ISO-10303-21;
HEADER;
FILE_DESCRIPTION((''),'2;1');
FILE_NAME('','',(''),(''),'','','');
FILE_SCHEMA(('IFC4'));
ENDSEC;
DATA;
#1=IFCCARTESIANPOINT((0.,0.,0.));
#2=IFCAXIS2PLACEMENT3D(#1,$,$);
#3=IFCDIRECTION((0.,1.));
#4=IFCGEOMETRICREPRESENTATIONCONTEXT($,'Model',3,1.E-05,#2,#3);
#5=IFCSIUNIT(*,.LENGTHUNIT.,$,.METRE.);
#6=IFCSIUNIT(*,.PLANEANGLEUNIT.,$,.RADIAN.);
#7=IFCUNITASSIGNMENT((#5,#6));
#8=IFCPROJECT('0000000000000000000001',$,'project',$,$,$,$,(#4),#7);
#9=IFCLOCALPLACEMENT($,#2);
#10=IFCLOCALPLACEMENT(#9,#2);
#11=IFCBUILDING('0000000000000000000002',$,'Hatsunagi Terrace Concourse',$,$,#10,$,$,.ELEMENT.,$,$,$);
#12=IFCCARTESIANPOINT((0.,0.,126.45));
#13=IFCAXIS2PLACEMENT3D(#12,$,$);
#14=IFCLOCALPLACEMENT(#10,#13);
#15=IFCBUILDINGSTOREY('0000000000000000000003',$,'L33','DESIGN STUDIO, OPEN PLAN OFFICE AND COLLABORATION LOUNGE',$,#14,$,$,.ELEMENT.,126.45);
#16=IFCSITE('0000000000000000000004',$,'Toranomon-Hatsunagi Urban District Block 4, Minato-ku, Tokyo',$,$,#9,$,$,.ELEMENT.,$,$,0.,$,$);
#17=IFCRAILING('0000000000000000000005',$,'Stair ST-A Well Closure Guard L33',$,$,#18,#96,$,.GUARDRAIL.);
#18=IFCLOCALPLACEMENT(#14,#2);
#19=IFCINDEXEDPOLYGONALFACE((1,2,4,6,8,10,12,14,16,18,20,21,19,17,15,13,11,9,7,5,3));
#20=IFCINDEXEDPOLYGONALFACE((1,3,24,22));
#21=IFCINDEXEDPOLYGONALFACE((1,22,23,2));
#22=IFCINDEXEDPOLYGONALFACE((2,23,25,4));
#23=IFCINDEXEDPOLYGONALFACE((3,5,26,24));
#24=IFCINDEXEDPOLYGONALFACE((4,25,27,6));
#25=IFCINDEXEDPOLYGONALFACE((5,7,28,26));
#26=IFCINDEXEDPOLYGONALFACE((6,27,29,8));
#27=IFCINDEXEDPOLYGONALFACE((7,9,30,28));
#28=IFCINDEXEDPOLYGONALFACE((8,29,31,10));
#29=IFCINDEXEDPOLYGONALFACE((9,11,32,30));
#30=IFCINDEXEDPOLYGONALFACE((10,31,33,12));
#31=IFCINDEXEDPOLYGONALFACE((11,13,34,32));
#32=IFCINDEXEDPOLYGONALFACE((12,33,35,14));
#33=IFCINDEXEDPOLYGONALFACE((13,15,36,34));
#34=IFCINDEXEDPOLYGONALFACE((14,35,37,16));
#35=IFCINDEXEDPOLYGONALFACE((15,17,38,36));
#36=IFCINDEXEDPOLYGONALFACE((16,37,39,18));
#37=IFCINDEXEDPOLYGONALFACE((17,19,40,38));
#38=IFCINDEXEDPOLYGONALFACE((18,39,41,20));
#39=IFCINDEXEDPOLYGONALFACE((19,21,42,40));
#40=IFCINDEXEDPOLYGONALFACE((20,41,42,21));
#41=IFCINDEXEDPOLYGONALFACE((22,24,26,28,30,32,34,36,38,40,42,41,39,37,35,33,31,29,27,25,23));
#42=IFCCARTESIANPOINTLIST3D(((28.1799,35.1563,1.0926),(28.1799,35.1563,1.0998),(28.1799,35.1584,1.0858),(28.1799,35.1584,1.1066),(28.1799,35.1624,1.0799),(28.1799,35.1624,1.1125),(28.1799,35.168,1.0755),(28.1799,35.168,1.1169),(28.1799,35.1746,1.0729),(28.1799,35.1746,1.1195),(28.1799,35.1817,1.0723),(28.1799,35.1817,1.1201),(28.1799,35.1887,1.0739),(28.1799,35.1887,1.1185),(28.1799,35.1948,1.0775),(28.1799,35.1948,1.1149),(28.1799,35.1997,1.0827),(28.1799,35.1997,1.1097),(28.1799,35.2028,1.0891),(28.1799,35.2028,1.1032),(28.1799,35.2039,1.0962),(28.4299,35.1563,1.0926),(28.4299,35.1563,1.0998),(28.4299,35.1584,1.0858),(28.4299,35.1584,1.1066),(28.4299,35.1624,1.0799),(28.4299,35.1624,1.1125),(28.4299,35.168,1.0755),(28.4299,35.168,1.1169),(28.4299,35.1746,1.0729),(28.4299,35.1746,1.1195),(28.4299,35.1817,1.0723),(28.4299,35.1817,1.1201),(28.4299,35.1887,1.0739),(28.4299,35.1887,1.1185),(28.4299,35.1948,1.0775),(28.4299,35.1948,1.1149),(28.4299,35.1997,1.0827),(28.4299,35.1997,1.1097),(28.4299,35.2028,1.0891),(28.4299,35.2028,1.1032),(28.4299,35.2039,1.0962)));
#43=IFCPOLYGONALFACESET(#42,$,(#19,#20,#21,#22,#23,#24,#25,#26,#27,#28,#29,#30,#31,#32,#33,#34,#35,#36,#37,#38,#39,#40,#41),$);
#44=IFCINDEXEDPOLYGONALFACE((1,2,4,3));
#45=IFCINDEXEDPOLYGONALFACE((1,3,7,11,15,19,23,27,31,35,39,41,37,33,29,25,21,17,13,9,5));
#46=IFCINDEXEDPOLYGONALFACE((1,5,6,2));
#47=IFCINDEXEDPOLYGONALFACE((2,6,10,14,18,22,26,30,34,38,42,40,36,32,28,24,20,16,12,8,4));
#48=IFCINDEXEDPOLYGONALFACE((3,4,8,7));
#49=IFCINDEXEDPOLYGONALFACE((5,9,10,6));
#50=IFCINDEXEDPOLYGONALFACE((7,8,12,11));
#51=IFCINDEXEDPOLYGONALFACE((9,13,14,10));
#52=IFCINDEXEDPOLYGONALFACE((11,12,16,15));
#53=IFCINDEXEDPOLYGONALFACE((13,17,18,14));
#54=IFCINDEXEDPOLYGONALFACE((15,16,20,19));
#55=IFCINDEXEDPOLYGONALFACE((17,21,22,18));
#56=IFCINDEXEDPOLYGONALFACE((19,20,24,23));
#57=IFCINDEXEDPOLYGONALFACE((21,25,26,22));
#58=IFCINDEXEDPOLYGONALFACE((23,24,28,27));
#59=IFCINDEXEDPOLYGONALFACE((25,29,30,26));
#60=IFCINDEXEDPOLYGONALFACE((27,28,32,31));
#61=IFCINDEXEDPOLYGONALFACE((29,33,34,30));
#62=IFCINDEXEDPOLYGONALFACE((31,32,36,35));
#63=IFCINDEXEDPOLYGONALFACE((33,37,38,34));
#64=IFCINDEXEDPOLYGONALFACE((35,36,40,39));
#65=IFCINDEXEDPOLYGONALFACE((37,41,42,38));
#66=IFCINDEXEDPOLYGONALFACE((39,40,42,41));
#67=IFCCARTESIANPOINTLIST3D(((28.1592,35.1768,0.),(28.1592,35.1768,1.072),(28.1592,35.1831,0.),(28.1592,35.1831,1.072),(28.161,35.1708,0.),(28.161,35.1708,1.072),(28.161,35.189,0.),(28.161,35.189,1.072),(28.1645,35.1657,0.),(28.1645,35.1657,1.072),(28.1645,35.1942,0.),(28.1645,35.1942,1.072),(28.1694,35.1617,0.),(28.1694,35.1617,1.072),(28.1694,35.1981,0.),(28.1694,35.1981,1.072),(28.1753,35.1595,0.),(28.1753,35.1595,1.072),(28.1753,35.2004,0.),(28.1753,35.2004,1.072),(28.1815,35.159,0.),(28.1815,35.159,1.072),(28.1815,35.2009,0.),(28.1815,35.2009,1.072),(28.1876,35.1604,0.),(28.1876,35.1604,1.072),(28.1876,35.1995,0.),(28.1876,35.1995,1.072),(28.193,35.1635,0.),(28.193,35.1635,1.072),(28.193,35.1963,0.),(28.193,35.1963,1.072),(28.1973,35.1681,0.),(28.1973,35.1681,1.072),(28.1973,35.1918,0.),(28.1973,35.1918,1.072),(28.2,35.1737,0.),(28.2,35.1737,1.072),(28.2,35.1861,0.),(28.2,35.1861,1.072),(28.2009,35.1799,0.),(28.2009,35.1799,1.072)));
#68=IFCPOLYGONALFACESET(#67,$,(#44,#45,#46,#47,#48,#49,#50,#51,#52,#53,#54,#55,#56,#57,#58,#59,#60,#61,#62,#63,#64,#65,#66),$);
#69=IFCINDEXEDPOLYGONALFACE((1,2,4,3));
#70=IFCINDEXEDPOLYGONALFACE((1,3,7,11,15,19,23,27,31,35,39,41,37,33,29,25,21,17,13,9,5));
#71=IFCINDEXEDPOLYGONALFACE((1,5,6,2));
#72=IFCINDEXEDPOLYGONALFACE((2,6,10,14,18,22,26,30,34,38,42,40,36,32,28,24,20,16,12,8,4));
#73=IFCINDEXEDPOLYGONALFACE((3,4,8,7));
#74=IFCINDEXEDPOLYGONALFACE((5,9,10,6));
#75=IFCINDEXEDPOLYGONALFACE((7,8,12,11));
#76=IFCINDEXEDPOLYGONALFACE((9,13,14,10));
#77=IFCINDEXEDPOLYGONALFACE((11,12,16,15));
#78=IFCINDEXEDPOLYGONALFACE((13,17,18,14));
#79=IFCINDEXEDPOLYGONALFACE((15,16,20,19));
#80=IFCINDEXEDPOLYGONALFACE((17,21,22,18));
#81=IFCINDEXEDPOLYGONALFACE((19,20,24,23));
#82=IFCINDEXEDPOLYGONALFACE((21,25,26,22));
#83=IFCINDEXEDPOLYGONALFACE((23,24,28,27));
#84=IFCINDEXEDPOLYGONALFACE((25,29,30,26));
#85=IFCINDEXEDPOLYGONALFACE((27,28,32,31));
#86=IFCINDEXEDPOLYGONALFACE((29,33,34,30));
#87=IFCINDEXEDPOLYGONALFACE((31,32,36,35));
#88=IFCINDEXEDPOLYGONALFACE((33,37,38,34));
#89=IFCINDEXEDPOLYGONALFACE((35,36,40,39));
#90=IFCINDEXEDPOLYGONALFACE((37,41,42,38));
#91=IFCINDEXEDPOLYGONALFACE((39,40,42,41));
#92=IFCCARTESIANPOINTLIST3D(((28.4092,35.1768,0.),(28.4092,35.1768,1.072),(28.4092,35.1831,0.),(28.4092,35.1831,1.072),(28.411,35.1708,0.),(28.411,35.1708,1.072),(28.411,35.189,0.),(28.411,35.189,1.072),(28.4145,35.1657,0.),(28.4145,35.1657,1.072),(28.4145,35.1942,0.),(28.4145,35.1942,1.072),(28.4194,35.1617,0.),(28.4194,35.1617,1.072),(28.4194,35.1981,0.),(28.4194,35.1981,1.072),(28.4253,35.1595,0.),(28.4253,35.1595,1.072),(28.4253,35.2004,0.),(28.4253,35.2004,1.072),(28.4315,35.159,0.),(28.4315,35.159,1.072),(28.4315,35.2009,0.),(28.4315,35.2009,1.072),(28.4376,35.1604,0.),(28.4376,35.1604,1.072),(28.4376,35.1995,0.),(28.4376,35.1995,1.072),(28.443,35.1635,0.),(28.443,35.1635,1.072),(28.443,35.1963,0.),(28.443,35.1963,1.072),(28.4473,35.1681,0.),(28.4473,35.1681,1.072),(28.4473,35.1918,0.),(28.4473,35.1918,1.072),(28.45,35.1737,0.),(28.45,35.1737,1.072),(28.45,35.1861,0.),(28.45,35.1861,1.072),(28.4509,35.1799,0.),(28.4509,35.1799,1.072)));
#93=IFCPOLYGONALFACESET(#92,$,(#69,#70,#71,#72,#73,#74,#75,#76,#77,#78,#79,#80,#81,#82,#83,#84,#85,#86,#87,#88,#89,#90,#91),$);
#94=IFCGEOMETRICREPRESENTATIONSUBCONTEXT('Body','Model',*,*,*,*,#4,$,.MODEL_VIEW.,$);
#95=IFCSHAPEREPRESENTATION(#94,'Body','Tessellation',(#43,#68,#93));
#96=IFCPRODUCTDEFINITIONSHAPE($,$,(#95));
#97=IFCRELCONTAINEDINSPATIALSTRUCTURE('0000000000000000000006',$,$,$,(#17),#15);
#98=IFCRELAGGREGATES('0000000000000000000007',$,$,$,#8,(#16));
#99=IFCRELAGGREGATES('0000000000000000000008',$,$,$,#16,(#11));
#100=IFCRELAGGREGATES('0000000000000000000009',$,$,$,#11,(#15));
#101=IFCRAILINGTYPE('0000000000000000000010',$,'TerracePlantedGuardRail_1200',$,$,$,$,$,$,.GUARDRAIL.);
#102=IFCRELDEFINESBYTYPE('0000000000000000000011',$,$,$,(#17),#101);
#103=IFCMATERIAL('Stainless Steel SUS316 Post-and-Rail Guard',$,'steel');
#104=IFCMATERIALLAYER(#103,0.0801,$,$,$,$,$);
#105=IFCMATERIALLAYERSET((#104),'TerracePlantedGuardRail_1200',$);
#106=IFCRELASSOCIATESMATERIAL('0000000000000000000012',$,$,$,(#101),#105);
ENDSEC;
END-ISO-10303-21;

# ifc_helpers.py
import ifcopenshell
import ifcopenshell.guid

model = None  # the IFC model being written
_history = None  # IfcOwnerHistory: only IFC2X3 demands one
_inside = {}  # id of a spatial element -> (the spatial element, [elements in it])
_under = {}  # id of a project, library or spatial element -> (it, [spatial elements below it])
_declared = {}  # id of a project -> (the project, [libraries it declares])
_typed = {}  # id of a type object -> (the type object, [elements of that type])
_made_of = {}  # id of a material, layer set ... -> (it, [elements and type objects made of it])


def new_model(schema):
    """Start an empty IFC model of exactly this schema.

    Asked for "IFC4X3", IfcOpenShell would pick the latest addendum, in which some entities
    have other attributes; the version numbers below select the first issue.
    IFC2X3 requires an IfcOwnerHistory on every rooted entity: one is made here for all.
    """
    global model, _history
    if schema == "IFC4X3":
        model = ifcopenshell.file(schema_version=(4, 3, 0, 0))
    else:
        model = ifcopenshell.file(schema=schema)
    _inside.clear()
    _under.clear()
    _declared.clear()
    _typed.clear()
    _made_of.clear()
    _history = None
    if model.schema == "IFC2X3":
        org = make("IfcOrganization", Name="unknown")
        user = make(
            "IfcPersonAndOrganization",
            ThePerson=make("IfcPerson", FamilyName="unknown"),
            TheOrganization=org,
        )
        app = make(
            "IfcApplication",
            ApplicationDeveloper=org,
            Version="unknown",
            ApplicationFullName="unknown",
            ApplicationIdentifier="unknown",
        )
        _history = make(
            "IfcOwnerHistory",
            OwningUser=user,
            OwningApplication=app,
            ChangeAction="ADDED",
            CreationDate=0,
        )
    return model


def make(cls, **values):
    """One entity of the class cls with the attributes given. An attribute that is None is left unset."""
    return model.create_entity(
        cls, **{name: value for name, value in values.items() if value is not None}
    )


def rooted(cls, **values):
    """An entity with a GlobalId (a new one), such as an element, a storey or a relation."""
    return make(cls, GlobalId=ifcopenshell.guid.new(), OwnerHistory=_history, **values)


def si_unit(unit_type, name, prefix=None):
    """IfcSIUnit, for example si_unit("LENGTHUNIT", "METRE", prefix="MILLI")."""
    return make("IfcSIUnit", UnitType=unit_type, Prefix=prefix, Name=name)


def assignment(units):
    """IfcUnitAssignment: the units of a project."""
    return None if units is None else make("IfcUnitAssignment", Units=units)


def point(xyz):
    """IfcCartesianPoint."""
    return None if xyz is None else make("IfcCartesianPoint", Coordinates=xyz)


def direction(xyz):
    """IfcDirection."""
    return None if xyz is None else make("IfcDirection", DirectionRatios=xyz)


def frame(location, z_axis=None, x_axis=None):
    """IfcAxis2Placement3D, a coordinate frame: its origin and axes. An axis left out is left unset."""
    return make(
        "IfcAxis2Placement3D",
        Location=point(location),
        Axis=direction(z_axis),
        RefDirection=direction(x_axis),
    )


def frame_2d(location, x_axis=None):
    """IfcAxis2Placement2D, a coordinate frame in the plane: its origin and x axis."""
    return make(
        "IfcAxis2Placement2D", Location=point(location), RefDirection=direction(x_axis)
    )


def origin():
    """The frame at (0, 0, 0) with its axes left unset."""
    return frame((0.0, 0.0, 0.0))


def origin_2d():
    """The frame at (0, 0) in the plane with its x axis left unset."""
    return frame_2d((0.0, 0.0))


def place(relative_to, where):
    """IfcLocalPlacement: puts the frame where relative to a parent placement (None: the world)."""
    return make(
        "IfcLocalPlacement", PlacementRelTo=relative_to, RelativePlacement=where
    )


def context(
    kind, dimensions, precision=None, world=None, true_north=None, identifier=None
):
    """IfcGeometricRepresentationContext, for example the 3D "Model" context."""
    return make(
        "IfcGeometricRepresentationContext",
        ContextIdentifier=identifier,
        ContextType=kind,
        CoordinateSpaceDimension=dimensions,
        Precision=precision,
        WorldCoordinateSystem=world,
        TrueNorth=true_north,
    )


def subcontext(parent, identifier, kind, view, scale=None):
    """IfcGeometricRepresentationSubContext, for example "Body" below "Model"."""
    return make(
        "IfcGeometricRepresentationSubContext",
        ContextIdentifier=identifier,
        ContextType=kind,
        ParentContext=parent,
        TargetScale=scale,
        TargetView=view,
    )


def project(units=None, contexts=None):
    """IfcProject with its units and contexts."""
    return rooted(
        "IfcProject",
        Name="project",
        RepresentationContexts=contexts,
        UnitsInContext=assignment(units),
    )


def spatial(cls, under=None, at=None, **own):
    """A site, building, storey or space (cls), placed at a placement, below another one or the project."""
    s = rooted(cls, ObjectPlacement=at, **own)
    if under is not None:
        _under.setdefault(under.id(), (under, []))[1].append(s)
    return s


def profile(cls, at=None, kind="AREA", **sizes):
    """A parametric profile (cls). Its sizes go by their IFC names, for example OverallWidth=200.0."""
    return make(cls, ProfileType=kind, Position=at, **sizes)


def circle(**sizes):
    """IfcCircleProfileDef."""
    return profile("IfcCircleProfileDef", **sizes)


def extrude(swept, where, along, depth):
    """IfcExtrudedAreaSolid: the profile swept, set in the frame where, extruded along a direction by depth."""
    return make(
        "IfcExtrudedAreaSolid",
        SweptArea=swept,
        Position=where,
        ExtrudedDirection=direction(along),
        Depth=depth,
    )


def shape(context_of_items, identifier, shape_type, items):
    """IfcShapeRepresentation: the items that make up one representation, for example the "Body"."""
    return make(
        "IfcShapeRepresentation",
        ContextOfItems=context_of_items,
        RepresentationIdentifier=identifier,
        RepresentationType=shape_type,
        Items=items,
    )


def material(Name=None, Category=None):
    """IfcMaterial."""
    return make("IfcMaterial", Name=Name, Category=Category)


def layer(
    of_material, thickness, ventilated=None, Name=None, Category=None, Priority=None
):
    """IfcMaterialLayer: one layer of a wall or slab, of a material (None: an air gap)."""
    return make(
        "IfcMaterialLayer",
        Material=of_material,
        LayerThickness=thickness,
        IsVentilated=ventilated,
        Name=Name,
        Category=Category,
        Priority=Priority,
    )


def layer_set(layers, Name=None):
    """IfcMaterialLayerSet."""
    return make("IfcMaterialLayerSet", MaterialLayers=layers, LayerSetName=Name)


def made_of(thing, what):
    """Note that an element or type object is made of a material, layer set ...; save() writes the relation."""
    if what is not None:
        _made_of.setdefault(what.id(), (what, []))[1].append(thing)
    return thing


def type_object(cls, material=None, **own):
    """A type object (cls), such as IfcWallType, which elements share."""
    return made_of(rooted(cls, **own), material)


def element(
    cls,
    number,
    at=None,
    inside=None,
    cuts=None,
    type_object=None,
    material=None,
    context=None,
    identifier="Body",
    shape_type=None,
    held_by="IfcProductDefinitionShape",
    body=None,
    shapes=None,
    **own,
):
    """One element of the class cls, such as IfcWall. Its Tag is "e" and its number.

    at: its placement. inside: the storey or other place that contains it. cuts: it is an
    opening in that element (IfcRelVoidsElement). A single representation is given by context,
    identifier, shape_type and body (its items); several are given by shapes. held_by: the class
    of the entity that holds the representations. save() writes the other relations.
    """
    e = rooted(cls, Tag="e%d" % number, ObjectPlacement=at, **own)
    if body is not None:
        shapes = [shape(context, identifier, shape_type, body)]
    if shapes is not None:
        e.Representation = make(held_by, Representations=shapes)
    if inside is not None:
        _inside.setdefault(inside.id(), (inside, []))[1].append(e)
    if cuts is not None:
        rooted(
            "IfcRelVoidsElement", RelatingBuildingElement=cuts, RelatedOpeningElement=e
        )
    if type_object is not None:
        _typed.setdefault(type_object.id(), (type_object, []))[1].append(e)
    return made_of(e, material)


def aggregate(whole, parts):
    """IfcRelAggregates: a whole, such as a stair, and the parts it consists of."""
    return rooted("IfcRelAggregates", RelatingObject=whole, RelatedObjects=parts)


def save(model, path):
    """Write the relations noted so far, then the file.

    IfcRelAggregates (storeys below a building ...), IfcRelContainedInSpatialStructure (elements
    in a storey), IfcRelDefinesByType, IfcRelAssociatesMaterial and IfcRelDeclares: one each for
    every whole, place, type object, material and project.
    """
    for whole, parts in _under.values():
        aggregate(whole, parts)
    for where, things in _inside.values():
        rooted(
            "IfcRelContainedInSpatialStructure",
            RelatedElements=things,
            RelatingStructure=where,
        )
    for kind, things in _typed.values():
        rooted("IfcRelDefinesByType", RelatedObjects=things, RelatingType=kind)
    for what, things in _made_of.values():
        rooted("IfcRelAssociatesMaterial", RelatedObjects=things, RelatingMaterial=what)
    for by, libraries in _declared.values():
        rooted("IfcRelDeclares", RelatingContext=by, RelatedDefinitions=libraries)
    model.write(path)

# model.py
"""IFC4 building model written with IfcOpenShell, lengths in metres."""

from ifc_helpers import new_model, si_unit, direction, frame, origin, origin_2d, place, context, subcontext, project, spatial, circle, extrude, material, layer, layer_set, type_object, element, save


model = new_model("IFC4")

# Units and contexts
model_context = context("Model", 3, precision=1e-05, world=origin(), true_north=direction((0.0, 1.0)))
body_context = subcontext(model_context, "Body", "Model", "MODEL_VIEW")
ifc_project = project(units=[si_unit("LENGTHUNIT", "METRE"), si_unit("PLANEANGLEUNIT", "RADIAN")], contexts=[model_context])

# Site, building, storey
site_placement = place(None, origin())
site = spatial("IfcSite", under=ifc_project, at=site_placement, Name="Toranomon-Hatsunagi Urban District Block 4, Minato-ku, Tokyo", CompositionType="ELEMENT", RefElevation=0.0)
building_placement = place(site_placement, origin())
building = spatial("IfcBuilding", under=site, at=building_placement, Name="Hatsunagi Terrace Concourse", CompositionType="ELEMENT")
storey_placement = place(building_placement, frame((0.0, 0.0, 126.45)))
storey = spatial("IfcBuildingStorey", under=building, at=storey_placement, Name="L33", Description="DESIGN STUDIO, OPEN PLAN OFFICE AND COLLABORATION LOUNGE", CompositionType="ELEMENT", Elevation=126.45)

# Railing
ifc_material_1 = material(Name="Stainless Steel SUS316 Post-and-Rail Guard", Category="steel")
ifc_layer_1 = layer(ifc_material_1, 0.0801)
ifc_layer_set_1 = layer_set([ifc_layer_1], Name="TerracePlantedGuardRail_1200")
railing_type_1 = type_object("IfcRailingType", Name="TerracePlantedGuardRail_1200", PredefinedType="GUARDRAIL", material=ifc_layer_set_1)
railing_1_placement = place(storey_placement, frame((28.1799, 35.1799, 0.0)))
element("IfcRailing", 1, at=railing_1_placement, inside=storey, type_object=railing_type_1, Name="Stair ST-A Well Closure Guard L33", PredefinedType="GUARDRAIL", context=body_context, shape_type="SweptSolid", body=[
    extrude(circle(Radius=0.0239, at=origin_2d()), frame((0.0, 0.0, 1.0962), z_axis=(1.0, 0.0, 0.0), x_axis=(0.0, 1.0, 0.0)), (0.0, 0.0, 1.0), 0.25),
    extrude(circle(Radius=0.021, at=origin_2d()), origin(), (0.0, 0.0, 1.0), 1.072),
    extrude(circle(Radius=0.021, at=origin_2d()), frame((0.25, 0.0, 0.0)), (0.0, 0.0, 1.0), 1.072),
])

save(model, "model.ifc")
